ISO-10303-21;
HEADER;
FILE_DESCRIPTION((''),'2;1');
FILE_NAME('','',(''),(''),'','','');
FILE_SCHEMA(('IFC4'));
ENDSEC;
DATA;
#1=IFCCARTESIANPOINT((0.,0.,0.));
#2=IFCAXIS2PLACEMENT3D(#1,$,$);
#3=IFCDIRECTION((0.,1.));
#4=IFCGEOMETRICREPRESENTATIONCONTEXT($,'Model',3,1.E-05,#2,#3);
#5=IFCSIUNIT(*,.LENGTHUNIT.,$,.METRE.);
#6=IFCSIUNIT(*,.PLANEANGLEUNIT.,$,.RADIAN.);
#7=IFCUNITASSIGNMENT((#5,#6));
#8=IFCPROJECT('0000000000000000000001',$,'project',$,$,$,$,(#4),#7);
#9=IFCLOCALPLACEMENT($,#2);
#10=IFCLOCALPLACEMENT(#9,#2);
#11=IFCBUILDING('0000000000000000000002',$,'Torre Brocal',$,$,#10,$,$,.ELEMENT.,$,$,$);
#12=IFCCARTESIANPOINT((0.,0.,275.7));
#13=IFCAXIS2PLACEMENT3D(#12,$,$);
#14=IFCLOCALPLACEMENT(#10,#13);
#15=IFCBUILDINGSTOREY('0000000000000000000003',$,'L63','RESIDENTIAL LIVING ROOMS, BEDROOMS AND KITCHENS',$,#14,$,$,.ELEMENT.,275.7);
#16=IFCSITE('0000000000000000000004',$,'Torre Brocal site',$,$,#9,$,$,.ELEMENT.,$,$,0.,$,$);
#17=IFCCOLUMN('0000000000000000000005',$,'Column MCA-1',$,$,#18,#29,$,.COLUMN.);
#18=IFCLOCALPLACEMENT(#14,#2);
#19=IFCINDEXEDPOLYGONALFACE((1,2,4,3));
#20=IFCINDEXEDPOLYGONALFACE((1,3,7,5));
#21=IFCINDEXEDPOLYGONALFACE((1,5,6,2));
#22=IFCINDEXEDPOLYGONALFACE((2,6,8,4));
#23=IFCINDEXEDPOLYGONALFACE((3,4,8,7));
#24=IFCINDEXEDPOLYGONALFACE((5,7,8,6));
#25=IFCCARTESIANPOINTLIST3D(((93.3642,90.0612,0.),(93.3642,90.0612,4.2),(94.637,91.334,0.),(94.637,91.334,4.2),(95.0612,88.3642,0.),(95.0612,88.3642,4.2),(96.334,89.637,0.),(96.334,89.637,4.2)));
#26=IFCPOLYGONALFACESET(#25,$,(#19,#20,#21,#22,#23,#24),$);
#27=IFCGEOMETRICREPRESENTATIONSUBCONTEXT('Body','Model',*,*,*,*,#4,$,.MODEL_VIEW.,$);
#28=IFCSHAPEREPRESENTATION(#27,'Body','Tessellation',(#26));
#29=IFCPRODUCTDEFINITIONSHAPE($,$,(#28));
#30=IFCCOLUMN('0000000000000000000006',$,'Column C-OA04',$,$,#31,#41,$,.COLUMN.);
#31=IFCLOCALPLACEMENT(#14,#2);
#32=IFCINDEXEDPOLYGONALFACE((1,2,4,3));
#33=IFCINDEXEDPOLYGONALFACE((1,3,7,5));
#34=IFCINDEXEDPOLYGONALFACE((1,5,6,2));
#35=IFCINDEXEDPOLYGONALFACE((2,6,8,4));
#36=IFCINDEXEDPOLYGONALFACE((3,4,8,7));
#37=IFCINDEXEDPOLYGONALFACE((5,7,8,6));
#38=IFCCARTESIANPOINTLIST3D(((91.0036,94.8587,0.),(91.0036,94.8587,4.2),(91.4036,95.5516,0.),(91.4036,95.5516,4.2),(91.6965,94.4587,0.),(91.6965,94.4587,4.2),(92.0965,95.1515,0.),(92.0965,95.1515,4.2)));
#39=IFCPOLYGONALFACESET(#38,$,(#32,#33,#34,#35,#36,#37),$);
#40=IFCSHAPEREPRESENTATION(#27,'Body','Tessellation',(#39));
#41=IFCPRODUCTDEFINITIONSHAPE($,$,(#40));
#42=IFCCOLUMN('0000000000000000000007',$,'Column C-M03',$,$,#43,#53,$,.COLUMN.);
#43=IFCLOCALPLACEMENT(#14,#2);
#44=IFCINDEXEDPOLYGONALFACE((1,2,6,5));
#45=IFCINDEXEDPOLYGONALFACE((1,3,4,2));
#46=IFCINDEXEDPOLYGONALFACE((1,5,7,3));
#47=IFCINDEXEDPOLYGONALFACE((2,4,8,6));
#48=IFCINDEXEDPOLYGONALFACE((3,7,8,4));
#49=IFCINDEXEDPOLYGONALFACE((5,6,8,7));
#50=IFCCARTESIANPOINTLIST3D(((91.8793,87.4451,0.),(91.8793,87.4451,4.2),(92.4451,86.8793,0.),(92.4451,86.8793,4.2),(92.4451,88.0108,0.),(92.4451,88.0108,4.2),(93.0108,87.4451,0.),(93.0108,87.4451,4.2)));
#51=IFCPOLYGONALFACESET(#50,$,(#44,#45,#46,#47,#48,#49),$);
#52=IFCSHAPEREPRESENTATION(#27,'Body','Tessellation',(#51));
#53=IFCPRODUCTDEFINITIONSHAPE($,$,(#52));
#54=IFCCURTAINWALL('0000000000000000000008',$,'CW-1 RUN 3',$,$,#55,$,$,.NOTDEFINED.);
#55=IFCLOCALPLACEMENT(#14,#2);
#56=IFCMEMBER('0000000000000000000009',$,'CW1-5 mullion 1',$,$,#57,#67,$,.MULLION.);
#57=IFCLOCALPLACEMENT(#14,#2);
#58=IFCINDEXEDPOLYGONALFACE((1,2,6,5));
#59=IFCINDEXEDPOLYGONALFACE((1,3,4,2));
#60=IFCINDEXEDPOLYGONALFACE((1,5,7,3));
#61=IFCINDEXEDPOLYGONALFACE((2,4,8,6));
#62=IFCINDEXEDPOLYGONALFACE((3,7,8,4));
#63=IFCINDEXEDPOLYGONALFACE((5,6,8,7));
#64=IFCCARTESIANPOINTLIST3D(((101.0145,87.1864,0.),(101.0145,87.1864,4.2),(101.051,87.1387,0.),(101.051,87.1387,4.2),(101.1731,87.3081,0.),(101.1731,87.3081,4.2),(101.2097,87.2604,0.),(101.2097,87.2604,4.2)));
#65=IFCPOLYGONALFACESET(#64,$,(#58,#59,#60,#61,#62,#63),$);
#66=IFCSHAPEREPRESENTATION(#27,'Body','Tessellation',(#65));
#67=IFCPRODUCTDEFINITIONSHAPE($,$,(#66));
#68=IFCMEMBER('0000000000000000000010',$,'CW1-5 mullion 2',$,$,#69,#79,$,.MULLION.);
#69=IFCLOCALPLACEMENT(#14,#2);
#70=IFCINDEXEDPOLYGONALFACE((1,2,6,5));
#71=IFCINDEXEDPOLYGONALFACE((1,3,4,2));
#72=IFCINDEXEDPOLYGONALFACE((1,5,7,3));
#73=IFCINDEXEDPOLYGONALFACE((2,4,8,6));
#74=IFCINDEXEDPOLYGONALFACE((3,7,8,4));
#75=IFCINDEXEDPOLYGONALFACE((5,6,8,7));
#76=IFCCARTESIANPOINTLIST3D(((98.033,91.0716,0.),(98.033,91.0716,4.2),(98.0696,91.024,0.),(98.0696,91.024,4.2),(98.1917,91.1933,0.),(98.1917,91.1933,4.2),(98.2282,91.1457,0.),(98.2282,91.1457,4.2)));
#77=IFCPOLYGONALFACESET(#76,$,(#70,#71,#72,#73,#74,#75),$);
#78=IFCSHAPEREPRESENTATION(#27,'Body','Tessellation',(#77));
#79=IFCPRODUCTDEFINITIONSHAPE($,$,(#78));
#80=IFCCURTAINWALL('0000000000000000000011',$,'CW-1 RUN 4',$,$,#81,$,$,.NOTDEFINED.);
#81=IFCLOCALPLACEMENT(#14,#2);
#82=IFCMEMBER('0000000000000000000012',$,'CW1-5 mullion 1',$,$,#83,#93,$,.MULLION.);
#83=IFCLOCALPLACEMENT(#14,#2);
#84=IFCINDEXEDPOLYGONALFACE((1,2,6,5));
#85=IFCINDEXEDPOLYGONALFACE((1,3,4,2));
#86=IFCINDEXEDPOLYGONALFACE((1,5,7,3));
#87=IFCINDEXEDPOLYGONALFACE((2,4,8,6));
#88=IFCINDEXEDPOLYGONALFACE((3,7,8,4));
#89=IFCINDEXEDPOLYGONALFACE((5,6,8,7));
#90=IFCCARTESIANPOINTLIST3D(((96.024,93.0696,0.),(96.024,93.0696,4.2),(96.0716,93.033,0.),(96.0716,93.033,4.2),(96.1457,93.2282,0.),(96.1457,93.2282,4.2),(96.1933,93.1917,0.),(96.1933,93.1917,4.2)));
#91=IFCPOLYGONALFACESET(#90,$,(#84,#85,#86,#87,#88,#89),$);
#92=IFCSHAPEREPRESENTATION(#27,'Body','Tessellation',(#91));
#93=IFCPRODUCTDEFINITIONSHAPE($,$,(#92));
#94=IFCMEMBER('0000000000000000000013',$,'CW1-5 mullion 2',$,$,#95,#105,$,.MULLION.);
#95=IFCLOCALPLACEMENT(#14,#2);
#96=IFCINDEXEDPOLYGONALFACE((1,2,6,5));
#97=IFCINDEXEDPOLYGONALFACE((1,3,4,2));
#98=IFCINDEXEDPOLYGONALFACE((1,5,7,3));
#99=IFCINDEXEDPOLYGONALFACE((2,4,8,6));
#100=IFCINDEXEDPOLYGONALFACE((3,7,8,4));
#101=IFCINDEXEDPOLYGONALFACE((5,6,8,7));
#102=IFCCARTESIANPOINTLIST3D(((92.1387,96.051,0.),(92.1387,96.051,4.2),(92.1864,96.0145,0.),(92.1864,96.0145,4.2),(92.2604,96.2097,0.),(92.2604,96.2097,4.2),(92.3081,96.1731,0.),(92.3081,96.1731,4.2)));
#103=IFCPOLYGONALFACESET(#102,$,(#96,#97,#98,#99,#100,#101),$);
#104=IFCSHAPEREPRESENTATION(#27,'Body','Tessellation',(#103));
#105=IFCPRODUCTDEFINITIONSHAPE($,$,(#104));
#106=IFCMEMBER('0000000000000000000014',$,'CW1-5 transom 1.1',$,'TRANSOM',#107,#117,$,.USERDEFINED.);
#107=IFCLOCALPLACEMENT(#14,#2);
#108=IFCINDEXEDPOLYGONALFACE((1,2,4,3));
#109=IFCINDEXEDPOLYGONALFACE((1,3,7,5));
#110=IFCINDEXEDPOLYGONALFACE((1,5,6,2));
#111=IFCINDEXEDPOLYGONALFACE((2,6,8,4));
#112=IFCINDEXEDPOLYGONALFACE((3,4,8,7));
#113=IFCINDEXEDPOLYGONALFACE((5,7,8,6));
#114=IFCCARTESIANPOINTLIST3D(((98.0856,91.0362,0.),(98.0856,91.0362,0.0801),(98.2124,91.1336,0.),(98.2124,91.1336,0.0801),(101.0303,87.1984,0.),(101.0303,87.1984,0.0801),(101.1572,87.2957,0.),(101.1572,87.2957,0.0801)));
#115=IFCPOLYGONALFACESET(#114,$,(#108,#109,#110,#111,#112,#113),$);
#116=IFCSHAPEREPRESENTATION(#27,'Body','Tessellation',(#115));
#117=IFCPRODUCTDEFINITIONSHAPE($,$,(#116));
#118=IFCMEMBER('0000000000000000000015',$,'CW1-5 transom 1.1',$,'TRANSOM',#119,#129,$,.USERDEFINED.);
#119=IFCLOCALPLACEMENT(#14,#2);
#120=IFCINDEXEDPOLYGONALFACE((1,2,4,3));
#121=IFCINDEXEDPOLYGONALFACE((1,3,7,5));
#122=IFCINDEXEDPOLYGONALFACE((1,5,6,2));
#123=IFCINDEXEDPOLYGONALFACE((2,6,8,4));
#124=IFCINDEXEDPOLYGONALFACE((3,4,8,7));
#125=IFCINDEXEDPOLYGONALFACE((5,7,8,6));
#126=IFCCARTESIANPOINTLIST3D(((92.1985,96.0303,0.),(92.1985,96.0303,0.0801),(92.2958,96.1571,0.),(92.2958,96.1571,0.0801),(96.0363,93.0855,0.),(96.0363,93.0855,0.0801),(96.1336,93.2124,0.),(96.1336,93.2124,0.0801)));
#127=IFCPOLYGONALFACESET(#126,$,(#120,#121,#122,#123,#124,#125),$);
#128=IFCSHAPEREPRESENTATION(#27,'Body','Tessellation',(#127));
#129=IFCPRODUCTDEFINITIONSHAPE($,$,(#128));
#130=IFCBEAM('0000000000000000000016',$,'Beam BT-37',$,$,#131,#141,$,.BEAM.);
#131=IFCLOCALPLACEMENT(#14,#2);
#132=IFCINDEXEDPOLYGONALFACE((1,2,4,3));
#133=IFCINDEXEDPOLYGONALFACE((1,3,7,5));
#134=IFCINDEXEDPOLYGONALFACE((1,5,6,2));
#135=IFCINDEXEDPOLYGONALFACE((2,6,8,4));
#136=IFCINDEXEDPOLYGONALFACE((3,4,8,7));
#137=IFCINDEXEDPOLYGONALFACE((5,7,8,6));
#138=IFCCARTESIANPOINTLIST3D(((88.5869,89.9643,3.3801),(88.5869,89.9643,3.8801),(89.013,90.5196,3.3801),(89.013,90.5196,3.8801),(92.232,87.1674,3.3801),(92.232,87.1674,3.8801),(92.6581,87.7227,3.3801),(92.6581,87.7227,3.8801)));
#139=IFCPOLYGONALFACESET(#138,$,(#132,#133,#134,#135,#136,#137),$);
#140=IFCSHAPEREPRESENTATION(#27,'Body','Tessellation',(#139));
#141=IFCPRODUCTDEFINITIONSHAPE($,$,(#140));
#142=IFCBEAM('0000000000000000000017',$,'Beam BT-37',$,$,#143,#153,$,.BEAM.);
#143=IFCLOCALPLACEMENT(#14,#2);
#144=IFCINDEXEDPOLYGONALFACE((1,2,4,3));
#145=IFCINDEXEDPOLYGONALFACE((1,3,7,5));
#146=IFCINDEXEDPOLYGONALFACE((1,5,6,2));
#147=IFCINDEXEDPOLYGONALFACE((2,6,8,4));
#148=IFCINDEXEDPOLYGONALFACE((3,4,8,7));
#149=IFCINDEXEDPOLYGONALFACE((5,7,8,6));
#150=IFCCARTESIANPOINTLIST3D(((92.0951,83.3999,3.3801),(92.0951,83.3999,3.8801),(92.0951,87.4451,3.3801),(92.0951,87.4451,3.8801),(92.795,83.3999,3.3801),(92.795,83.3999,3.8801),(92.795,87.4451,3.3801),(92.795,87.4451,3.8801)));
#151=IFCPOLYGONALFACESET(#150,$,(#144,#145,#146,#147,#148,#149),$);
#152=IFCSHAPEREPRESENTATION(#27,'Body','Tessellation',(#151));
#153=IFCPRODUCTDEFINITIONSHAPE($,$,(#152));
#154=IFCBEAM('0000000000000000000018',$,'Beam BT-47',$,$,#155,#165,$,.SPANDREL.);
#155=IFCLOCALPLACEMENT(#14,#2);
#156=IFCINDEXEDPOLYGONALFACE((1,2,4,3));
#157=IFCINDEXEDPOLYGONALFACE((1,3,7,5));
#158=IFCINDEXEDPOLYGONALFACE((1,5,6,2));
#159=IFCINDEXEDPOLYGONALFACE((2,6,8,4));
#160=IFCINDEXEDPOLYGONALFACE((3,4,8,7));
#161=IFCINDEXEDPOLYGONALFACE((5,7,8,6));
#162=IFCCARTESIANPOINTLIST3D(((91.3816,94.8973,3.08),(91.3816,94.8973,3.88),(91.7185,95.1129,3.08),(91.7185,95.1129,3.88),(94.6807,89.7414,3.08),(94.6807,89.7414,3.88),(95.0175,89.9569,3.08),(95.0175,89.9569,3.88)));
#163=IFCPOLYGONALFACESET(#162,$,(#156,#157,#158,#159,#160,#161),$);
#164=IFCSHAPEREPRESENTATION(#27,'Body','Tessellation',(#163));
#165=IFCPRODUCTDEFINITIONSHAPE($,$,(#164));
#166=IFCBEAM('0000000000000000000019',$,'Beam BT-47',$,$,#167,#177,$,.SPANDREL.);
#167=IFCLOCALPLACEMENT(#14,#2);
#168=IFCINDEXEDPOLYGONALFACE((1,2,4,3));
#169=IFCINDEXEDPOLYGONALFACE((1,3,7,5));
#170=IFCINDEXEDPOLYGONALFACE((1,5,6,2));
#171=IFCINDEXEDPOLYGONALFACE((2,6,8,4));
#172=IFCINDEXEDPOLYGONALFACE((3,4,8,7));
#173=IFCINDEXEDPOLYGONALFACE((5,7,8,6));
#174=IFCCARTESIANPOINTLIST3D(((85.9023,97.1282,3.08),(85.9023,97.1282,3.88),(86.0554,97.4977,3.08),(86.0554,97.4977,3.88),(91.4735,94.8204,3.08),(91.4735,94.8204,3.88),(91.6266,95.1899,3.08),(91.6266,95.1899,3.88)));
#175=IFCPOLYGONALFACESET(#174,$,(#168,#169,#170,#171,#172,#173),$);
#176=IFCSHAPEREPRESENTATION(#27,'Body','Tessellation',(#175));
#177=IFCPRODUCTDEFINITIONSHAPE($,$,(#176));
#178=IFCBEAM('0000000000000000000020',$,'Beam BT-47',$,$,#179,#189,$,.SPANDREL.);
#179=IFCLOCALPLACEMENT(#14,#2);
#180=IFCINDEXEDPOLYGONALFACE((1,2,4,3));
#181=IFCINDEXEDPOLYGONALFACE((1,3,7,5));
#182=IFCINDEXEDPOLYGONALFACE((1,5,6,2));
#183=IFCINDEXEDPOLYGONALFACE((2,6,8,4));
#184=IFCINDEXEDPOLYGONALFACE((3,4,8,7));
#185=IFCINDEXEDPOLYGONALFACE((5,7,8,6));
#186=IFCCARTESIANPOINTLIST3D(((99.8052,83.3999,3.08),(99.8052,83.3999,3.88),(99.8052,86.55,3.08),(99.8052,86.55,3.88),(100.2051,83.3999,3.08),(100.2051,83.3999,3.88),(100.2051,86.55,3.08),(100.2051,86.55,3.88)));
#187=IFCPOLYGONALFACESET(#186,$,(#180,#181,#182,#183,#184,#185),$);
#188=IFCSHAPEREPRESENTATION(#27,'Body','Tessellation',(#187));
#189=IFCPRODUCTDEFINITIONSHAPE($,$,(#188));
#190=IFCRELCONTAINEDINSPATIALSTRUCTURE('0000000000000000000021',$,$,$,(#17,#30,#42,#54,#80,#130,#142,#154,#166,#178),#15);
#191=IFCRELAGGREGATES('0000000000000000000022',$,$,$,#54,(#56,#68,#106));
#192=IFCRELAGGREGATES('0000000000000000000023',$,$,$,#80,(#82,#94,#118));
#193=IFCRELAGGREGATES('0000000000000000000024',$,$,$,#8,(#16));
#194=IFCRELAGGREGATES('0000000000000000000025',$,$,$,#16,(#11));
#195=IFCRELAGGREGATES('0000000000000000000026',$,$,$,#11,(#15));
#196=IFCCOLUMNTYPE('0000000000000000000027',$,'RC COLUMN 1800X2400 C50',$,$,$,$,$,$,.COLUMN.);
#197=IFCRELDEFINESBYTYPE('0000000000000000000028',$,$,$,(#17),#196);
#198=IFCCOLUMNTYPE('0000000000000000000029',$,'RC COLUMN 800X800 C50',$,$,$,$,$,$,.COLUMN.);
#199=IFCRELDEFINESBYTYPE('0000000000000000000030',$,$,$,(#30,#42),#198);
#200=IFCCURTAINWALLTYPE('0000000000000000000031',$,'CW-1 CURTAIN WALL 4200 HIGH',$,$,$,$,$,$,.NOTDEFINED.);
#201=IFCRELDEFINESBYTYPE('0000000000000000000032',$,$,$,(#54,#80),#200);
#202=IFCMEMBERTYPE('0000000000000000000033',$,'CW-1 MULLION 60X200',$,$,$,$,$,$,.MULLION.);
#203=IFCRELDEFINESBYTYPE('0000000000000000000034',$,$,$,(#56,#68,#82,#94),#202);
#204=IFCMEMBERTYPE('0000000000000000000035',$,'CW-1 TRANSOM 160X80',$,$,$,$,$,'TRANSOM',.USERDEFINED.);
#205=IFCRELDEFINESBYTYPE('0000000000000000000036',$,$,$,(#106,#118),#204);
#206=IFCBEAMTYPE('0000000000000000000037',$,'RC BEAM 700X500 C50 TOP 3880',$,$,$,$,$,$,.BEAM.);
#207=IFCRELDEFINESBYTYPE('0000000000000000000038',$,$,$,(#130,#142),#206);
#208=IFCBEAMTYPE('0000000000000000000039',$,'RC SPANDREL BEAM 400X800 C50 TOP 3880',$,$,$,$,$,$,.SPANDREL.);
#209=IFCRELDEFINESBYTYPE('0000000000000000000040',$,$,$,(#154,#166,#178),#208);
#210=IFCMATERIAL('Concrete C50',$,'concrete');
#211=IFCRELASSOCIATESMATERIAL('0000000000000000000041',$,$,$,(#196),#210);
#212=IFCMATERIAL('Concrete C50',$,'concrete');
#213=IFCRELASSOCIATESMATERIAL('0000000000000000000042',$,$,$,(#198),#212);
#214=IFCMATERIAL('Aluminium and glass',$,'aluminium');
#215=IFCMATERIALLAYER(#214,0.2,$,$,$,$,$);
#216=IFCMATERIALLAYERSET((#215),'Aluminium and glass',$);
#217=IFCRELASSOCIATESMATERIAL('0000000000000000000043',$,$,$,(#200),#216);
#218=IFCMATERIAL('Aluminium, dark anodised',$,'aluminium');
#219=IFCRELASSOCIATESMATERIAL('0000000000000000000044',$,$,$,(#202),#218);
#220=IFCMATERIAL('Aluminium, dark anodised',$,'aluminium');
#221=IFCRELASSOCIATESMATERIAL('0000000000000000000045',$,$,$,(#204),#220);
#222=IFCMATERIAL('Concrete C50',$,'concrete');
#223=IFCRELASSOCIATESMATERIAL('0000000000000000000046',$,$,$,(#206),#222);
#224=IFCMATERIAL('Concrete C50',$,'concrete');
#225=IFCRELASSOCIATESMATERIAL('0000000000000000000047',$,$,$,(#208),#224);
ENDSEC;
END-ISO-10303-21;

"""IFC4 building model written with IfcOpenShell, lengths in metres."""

from ifc_helpers import new_model, si_unit, direction, frame, origin, origin_2d, place, context, subcontext, project, spatial, rectangle, extrude, material, layer, layer_set, material_profile, profile_set, type_object, element, aggregate, save


model = new_model("IFC4")

# Units and contexts
model_context = context("Model", 3, precision=1e-05, world=origin(), true_north=direction((0.0, 1.0)))
body_context = subcontext(model_context, "Body", "Model", "MODEL_VIEW")
ifc_project = project(units=[si_unit("LENGTHUNIT", "METRE"), si_unit("PLANEANGLEUNIT", "RADIAN")], contexts=[model_context])

# Site, building, storey
site_placement = place(None, origin())
site = spatial("IfcSite", under=ifc_project, at=site_placement, Name="Torre Brocal site", CompositionType="ELEMENT", RefElevation=0.0)
building_placement = place(site_placement, origin())
building = spatial("IfcBuilding", under=site, at=building_placement, Name="Torre Brocal", CompositionType="ELEMENT")
storey_placement = place(building_placement, frame((0.0, 0.0, 275.7)))
storey = spatial("IfcBuildingStorey", under=building, at=storey_placement, Name="L63", Description="RESIDENTIAL LIVING ROOMS, BEDROOMS AND KITCHENS", CompositionType="ELEMENT", Elevation=275.7)

# Columns
ifc_material_1 = material(Name="Concrete C50", Category="concrete")
ifc_material_profile_1 = material_profile(ifc_material_1, rectangle(XDim=1.8, YDim=2.3999, at=origin_2d()), Name="RC 1800X2400")
ifc_profile_set_1 = profile_set([ifc_material_profile_1], Name="Concrete C50")
column_type_1 = type_object("IfcColumnType", Name="RC COLUMN 1800X2400 C50", PredefinedType="COLUMN", material=ifc_profile_set_1)
column_placement = place(storey_placement, frame((94.8491, 89.8491, 0.0), z_axis=(0.0, 0.0, 1.0), x_axis=(0.707107, 0.707107, 0.0)))
element("IfcColumn", 1, at=column_placement, inside=storey, type_object=column_type_1, Name="Column MCA-1", PredefinedType="COLUMN", context=body_context, shape_type="SweptSolid", body=[
    extrude(rectangle(XDim=1.8, YDim=2.3999, at=origin_2d()), origin(), (0.0, 0.0, 1.0), 4.2),
])
ifc_material_2 = material(Name="Concrete C50", Category="concrete")
ifc_material_profile_2 = material_profile(ifc_material_2, rectangle(XDim=0.8, YDim=0.8, at=origin_2d()), Name="RC 800X800")
ifc_profile_set_2 = profile_set([ifc_material_profile_2], Name="Concrete C50")
column_type_2 = type_object("IfcColumnType", Name="RC COLUMN 800X800 C50", PredefinedType="COLUMN", material=ifc_profile_set_2)
for number, where, z_axis, x_axis, name in (
    (2, (91.55, 95.0051, 0.0), (0.0, 0.0, 1.0), (0.5, 0.866025, 0.0), "Column C-OA04"),
    (3, (92.4451, 87.4451, 0.0), (0.0, 0.0, 1.0), (0.707107, 0.707107, 0.0), "Column C-M03"),
):
    element("IfcColumn", number, at=place(storey_placement, frame(where, z_axis=z_axis, x_axis=x_axis)), inside=storey, type_object=column_type_2, Name=name, PredefinedType="COLUMN", context=body_context, shape_type="SweptSolid", body=[
        extrude(rectangle(XDim=0.8, YDim=0.8, at=origin_2d()), origin(), (0.0, 0.0, 1.0), 4.2),
    ])

# Curtain walls, members
ifc_material_3 = material(Name="Aluminium and glass", Category="aluminium")
ifc_layer_1 = layer(ifc_material_3, 0.2)
ifc_layer_set_1 = layer_set([ifc_layer_1], Name="Aluminium and glass")
curtain_wall_type = type_object("IfcCurtainWallType", Name="CW-1 CURTAIN WALL 4200 HIGH", PredefinedType="NOTDEFINED", material=ifc_layer_set_1)
curtain_wall_1_placement = place(storey_placement, origin())
curtain_wall_1 = element("IfcCurtainWall", 4, at=curtain_wall_1_placement, inside=storey, type_object=curtain_wall_type, Name="CW-1 RUN 3", PredefinedType="NOTDEFINED")
ifc_material_4 = material(Name="Aluminium, dark anodised", Category="aluminium")
ifc_material_profile_3 = material_profile(ifc_material_4, rectangle(XDim=0.2, YDim=0.0601, at=origin_2d()), Name="CW-1 MULLION 60X200")
ifc_profile_set_3 = profile_set([ifc_material_profile_3], Name="Aluminium, dark anodised")
member_type_1 = type_object("IfcMemberType", Name="CW-1 MULLION 60X200", PredefinedType="MULLION", material=ifc_profile_set_3)
member_1_placement = place(storey_placement, frame((101.1121, 87.2234, 0.0), z_axis=(0.0, 0.0, 1.0), x_axis=(-0.793353, -0.608761, 0.0)))
member_1 = element("IfcMember", 5, at=member_1_placement, type_object=member_type_1, Name="CW1-5 mullion 1", PredefinedType="MULLION", context=body_context, shape_type="SweptSolid", body=[
    extrude(rectangle(XDim=0.2, YDim=0.0601, at=origin_2d()), origin(), (0.0, 0.0, 1.0), 4.2),
])
member_2_placement = place(storey_placement, frame((98.1306, 91.1086, 0.0), z_axis=(0.0, 0.0, 1.0), x_axis=(-0.793353, -0.608761, 0.0)))
member_2 = element("IfcMember", 6, at=member_2_placement, type_object=member_type_1, Name="CW1-5 mullion 2", PredefinedType="MULLION", context=body_context, shape_type="SweptSolid", body=[
    extrude(rectangle(XDim=0.2, YDim=0.0601, at=origin_2d()), origin(), (0.0, 0.0, 1.0), 4.2),
])
curtain_wall_2_placement = place(storey_placement, origin())
curtain_wall_2 = element("IfcCurtainWall", 7, at=curtain_wall_2_placement, inside=storey, type_object=curtain_wall_type, Name="CW-1 RUN 4", PredefinedType="NOTDEFINED")
member_3_placement = place(storey_placement, frame((96.1086, 93.1306, 0.0), z_axis=(0.0, 0.0, 1.0), x_axis=(-0.608761, -0.793353, 0.0)))
member_3 = element("IfcMember", 8, at=member_3_placement, type_object=member_type_1, Name="CW1-5 mullion 1", PredefinedType="MULLION", context=body_context, shape_type="SweptSolid", body=[
    extrude(rectangle(XDim=0.2, YDim=0.0601, at=origin_2d()), origin(), (0.0, 0.0, 1.0), 4.2),
])
member_4_placement = place(storey_placement, frame((92.2234, 96.1121, 0.0), z_axis=(0.0, 0.0, 1.0), x_axis=(-0.608761, -0.793353, 0.0)))
member_4 = element("IfcMember", 9, at=member_4_placement, type_object=member_type_1, Name="CW1-5 mullion 2", PredefinedType="MULLION", context=body_context, shape_type="SweptSolid", body=[
    extrude(rectangle(XDim=0.2, YDim=0.0601, at=origin_2d()), origin(), (0.0, 0.0, 1.0), 4.2),
])

# Members
ifc_material_5 = material(Name="Aluminium, dark anodised", Category="aluminium")
ifc_material_profile_4 = material_profile(ifc_material_5, rectangle(XDim=0.1599, YDim=0.0801, at=origin_2d()), Name="CW-1 TRANSOM 160X80")
ifc_profile_set_4 = profile_set([ifc_material_profile_4], Name="Aluminium, dark anodised")
member_type_2 = type_object("IfcMemberType", Name="CW-1 TRANSOM 160X80", ElementType="TRANSOM", PredefinedType="USERDEFINED", material=ifc_profile_set_4)
member_5_placement = place(storey_placement, frame((101.0938, 87.2471, 0.04), z_axis=(-0.608749, 0.793363, 0.0), x_axis=(-0.793363, -0.608749, 0.0)))
member_5 = element("IfcMember", 10, at=member_5_placement, type_object=member_type_2, Name="CW1-5 transom 1.1", ObjectType="TRANSOM", PredefinedType="USERDEFINED", context=body_context, shape_type="SweptSolid", body=[
    extrude(rectangle(XDim=0.1599, YDim=0.0801, at=origin_2d()), origin(), (0.0, 0.0, 1.0), 4.8374),
])
member_6_placement = place(storey_placement, frame((96.085, 93.1489, 0.04), z_axis=(-0.793363, 0.608749, 0.0), x_axis=(-0.608749, -0.793363, 0.0)))
member_6 = element("IfcMember", 11, at=member_6_placement, type_object=member_type_2, Name="CW1-5 transom 1.1", ObjectType="TRANSOM", PredefinedType="USERDEFINED", context=body_context, shape_type="SweptSolid", body=[
    extrude(rectangle(XDim=0.1599, YDim=0.0801, at=origin_2d()), origin(), (0.0, 0.0, 1.0), 4.8374),
])

# Beams
ifc_material_6 = material(Name="Concrete C50", Category="concrete")
ifc_material_profile_5 = material_profile(ifc_material_6, rectangle(XDim=0.7, YDim=0.5, at=origin_2d()), Name="RC 700X500")
ifc_profile_set_5 = profile_set([ifc_material_profile_5], Name="Concrete C50")
beam_type_1 = type_object("IfcBeamType", Name="RC BEAM 700X500 C50 TOP 3880", PredefinedType="BEAM", material=ifc_profile_set_5)
beam_1_placement = place(storey_placement, frame((92.4451, 87.4451, 3.6301), z_axis=(-0.793358, 0.608755, 0.0), x_axis=(-0.608755, -0.793358, 0.0)))
element("IfcBeam", 12, at=beam_1_placement, inside=storey, type_object=beam_type_1, Name="Beam BT-37", PredefinedType="BEAM", context=body_context, shape_type="SweptSolid", body=[
    extrude(rectangle(XDim=0.7, YDim=0.5, at=origin_2d()), origin(), (0.0, 0.0, 1.0), 4.5945),
])
beam_2_placement = place(storey_placement, frame((92.4451, 87.4451, 3.6301), z_axis=(0.0, -1.0, 0.0), x_axis=(1.0, 0.0, 0.0)))
element("IfcBeam", 13, at=beam_2_placement, inside=storey, type_object=beam_type_1, Name="Beam BT-37", PredefinedType="BEAM", context=body_context, shape_type="SweptSolid", body=[
    extrude(rectangle(XDim=0.7, YDim=0.5, at=origin_2d()), origin(), (0.0, 0.0, 1.0), 4.0452),
])
ifc_material_7 = material(Name="Concrete C50", Category="concrete")
ifc_material_profile_6 = material_profile(ifc_material_7, rectangle(XDim=0.3999, YDim=0.8, at=origin_2d()), Name="RC 400X800")
ifc_profile_set_6 = profile_set([ifc_material_profile_6], Name="Concrete C50")
beam_type_2 = type_object("IfcBeamType", Name="RC SPANDREL BEAM 400X800 C50 TOP 3880", PredefinedType="SPANDREL", material=ifc_profile_set_6)
beam_3_placement = place(storey_placement, frame((94.8491, 89.8491, 3.48), z_axis=(-0.538964, 0.842329, 0.0), x_axis=(-0.842329, -0.538964, 0.0)))
element("IfcBeam", 14, at=beam_3_placement, inside=storey, type_object=beam_type_2, Name="Beam BT-47", PredefinedType="SPANDREL", context=body_context, shape_type="SweptSolid", body=[
    extrude(rectangle(XDim=0.3999, YDim=0.8, at=origin_2d()), origin(), (0.0, 0.0, 1.0), 6.1211),
])
beam_4_placement = place(storey_placement, frame((91.55, 95.0051, 3.48), z_axis=(-0.92387, 0.382706, 0.0), x_axis=(-0.382706, -0.92387, 0.0)))
element("IfcBeam", 15, at=beam_4_placement, inside=storey, type_object=beam_type_2, Name="Beam BT-47", PredefinedType="SPANDREL", context=body_context, shape_type="SweptSolid", body=[
    extrude(rectangle(XDim=0.3999, YDim=0.8, at=origin_2d()), origin(), (0.0, 0.0, 1.0), 6.0303),
])
beam_5_placement = place(storey_placement, frame((100.0051, 86.55, 3.48), z_axis=(0.0, -1.0, 0.0), x_axis=(1.0, 0.0, 0.0)))
element("IfcBeam", 16, at=beam_5_placement, inside=storey, type_object=beam_type_2, Name="Beam BT-47", PredefinedType="SPANDREL", context=body_context, shape_type="SweptSolid", body=[
    extrude(rectangle(XDim=0.3999, YDim=0.8, at=origin_2d()), origin(), (0.0, 0.0, 1.0), 3.1501),
])

aggregate(curtain_wall_1, [member_1, member_2, member_5])
aggregate(curtain_wall_2, [member_3, member_4, member_6])

save(model, "model.ifc")
